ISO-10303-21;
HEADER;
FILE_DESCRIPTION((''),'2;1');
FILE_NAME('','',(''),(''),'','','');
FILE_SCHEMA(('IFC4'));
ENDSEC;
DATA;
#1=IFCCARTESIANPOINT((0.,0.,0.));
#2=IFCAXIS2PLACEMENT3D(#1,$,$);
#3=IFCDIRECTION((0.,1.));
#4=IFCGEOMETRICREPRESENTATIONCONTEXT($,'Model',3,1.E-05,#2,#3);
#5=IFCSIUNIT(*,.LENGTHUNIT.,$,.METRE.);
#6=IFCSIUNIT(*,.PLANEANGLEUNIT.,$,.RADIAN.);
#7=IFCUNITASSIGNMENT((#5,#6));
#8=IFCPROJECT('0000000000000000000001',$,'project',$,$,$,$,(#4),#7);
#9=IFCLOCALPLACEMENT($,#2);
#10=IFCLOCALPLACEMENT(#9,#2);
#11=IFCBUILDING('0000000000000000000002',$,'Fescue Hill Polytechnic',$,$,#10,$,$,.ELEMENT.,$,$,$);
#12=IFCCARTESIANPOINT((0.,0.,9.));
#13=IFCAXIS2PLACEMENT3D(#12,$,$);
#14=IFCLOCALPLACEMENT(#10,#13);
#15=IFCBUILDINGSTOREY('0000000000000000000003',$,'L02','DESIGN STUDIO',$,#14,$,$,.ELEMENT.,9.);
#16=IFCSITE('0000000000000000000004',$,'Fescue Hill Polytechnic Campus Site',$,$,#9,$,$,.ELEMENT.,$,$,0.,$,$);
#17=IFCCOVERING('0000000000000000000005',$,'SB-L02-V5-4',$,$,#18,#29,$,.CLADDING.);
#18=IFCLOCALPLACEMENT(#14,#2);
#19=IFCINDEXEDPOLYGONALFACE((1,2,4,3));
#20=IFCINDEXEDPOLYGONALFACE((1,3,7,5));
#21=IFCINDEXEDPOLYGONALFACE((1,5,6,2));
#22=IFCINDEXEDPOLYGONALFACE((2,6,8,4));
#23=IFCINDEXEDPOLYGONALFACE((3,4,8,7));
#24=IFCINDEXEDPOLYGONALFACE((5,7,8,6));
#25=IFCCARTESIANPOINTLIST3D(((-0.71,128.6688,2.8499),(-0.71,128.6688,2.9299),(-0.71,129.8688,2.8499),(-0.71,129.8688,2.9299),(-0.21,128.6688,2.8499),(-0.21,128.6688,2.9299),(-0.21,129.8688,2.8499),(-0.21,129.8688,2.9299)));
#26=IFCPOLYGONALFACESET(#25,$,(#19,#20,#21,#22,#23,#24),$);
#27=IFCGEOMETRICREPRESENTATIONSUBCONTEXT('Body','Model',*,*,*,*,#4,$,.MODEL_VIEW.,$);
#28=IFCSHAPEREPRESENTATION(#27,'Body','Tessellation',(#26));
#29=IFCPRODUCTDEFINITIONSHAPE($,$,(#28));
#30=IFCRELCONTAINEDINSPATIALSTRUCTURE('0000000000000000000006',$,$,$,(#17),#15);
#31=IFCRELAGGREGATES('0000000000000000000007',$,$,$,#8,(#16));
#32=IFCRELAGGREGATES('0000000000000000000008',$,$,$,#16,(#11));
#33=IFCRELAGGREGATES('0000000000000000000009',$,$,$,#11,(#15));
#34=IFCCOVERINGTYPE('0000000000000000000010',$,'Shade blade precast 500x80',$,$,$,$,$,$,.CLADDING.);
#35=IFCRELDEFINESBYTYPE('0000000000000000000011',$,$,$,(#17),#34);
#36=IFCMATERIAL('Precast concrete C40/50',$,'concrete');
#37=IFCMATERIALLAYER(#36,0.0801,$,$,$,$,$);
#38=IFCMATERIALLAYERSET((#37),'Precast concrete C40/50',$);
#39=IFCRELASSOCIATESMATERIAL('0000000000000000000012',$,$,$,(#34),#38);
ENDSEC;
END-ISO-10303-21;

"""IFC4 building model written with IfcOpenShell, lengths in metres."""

from ifc_helpers import new_model, si_unit, direction, frame, origin, origin_2d, place, context, subcontext, project, spatial, rectangle, extrude, material, layer, layer_set, type_object, element, save


model = new_model("IFC4")

# Units and contexts
model_context = context("Model", 3, precision=1e-05, world=origin(), true_north=direction((0.0, 1.0)))
body_context = subcontext(model_context, "Body", "Model", "MODEL_VIEW")
ifc_project = project(units=[si_unit("LENGTHUNIT", "METRE"), si_unit("PLANEANGLEUNIT", "RADIAN")], contexts=[model_context])

# Site, building, storey
site_placement = place(None, origin())
site = spatial("IfcSite", under=ifc_project, at=site_placement, Name="Fescue Hill Polytechnic Campus Site", CompositionType="ELEMENT", RefElevation=0.0)
building_placement = place(site_placement, origin())
building = spatial("IfcBuilding", under=site, at=building_placement, Name="Fescue Hill Polytechnic", CompositionType="ELEMENT")
storey_placement = place(building_placement, frame((0.0, 0.0, 9.0)))
storey = spatial("IfcBuildingStorey", under=building, at=storey_placement, Name="L02", Description="DESIGN STUDIO", CompositionType="ELEMENT", Elevation=9.0)

# Covering
ifc_material_1 = material(Name="Precast concrete C40/50", Category="concrete")
ifc_layer_1 = layer(ifc_material_1, 0.0801)
ifc_layer_set_1 = layer_set([ifc_layer_1], Name="Precast concrete C40/50")
covering_type = type_object("IfcCoveringType", Name="Shade blade precast 500x80", PredefinedType="CLADDING", material=ifc_layer_set_1)
for number, where, z_axis, x_axis, name in (
    (1, (-0.46, 129.2688, 2.8499), (0.0, 0.0, 1.0), (0.0, -1.0, 0.0), "SB-L02-V5-4"),
):
    element("IfcCovering", number, at=place(storey_placement, frame(where, z_axis=z_axis, x_axis=x_axis)), inside=storey, type_object=covering_type, Name=name, PredefinedType="CLADDING", context=body_context, shape_type="SweptSolid", body=[
        extrude(rectangle(XDim=1.2, YDim=0.5, at=origin_2d()), origin(), (0.0, 0.0, 1.0), 0.0801),
    ])

save(model, "model.ifc")
